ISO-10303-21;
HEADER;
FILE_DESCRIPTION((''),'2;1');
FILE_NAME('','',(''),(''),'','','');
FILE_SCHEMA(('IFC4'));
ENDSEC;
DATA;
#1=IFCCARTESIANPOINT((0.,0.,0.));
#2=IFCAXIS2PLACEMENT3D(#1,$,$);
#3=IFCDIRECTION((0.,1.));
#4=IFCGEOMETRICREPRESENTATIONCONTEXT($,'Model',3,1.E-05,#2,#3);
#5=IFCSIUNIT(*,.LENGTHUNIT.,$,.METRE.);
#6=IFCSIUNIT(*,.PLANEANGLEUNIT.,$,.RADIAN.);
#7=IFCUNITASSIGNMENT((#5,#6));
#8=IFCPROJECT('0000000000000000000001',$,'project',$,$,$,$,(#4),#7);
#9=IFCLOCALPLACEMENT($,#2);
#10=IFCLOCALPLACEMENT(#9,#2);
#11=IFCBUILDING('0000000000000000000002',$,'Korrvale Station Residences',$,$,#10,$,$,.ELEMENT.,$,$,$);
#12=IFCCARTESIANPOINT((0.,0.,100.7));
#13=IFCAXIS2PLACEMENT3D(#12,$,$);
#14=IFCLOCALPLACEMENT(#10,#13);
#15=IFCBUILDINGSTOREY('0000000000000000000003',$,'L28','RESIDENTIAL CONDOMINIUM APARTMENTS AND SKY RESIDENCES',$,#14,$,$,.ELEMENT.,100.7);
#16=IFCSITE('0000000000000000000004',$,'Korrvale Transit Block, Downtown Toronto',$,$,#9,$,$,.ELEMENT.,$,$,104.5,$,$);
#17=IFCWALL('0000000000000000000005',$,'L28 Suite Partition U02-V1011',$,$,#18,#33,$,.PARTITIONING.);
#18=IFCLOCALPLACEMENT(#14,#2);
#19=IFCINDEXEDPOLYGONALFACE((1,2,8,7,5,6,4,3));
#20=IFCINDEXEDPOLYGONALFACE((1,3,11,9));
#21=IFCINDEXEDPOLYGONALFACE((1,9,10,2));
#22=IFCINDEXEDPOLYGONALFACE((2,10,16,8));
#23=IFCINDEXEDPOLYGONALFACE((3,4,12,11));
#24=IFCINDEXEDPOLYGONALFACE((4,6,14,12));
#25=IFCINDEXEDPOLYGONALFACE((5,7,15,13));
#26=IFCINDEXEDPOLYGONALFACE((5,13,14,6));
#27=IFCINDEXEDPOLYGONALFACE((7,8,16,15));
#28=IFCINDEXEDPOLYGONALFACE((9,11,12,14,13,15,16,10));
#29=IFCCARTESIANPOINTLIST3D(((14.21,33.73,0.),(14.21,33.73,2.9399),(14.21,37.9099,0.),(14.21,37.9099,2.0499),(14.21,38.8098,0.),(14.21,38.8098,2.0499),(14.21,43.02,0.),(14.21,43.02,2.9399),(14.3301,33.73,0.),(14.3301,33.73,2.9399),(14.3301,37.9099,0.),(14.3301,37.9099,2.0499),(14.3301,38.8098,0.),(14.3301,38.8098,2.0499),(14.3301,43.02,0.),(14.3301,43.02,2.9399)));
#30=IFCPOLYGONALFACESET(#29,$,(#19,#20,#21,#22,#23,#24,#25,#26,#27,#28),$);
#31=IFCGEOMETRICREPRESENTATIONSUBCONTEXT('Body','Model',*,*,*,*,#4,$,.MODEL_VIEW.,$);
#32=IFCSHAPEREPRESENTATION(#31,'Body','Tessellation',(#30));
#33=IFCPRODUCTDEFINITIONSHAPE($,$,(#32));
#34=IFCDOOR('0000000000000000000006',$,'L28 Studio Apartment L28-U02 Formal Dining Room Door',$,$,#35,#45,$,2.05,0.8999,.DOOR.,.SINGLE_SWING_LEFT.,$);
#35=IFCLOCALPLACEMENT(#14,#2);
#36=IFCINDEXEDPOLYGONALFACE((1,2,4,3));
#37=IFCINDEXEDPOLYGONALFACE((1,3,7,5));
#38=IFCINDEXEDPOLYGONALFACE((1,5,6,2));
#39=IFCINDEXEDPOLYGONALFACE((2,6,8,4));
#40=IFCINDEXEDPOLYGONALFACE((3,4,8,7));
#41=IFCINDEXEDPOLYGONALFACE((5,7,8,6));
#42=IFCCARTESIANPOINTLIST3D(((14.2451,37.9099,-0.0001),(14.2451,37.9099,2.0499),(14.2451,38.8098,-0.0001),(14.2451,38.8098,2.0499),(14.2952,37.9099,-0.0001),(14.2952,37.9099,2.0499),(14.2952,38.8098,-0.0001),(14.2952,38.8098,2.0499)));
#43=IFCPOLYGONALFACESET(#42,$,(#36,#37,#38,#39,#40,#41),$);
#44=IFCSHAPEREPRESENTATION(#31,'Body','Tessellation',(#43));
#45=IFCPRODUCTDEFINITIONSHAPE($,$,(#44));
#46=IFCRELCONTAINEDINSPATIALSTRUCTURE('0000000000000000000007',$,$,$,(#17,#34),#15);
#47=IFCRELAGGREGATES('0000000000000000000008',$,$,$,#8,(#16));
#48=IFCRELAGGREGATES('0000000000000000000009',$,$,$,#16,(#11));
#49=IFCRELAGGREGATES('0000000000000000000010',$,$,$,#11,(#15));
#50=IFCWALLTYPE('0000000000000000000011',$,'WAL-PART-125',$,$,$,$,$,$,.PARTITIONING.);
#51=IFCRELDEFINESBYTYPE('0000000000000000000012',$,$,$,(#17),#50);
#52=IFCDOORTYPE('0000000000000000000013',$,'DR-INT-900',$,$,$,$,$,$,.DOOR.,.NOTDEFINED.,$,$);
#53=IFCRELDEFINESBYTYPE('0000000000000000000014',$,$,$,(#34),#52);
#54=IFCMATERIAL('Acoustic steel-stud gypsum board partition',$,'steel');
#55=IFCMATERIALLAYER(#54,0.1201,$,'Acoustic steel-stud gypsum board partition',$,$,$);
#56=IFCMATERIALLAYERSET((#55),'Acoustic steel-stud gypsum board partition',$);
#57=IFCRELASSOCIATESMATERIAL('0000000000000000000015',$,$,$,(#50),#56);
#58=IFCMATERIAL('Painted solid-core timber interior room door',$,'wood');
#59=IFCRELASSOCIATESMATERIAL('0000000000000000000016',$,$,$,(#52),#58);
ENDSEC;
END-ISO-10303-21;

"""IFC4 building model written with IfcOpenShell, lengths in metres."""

from ifc_helpers import new_model, si_unit, direction, frame, frame_2d, origin, place, context, subcontext, project, spatial, rectangle, extrude, material, layer, layer_set, type_object, element, fill, save


model = new_model("IFC4")

# Units and contexts
model_context = context("Model", 3, precision=1e-05, world=origin(), true_north=direction((0.0, 1.0)))
body_context = subcontext(model_context, "Body", "Model", "MODEL_VIEW")
ifc_project = project(units=[si_unit("LENGTHUNIT", "METRE"), si_unit("PLANEANGLEUNIT", "RADIAN")], contexts=[model_context])

# Site, building, storey
site_placement = place(None, origin())
site = spatial("IfcSite", under=ifc_project, at=site_placement, Name="Korrvale Transit Block, Downtown Toronto", CompositionType="ELEMENT", RefElevation=104.5)
building_placement = place(site_placement, origin())
building = spatial("IfcBuilding", under=site, at=building_placement, Name="Korrvale Station Residences", CompositionType="ELEMENT")
storey_placement = place(building_placement, frame((0.0, 0.0, 100.7)))
storey = spatial("IfcBuildingStorey", under=building, at=storey_placement, Name="L28", Description="RESIDENTIAL CONDOMINIUM APARTMENTS AND SKY RESIDENCES", CompositionType="ELEMENT", Elevation=100.7)

# Wall, opening, door
ifc_material_1 = material(Name="Acoustic steel-stud gypsum board partition", Category="steel")
ifc_layer = layer(ifc_material_1, 0.1201, Name="Acoustic steel-stud gypsum board partition")
ifc_layer_set = layer_set([ifc_layer], Name="Acoustic steel-stud gypsum board partition")
wall_type = type_object("IfcWallType", Name="WAL-PART-125", PredefinedType="PARTITIONING", material=ifc_layer_set)
ifc_material_2 = material(Name="Painted solid-core timber interior room door", Category="wood")
door_type = type_object("IfcDoorType", Name="DR-INT-900", OperationType="NOTDEFINED", PredefinedType="DOOR", material=ifc_material_2)
wall_1_placement = place(storey_placement, frame((14.27, 33.73, 0.0), z_axis=(0.0, 0.0, 1.0), x_axis=(0.0, 1.0, 0.0)))
wall_1 = element("IfcWall", 1, at=wall_1_placement, inside=storey, type_object=wall_type, Name="L28 Suite Partition U02-V1011", PredefinedType="PARTITIONING", context=body_context, shape_type="SweptSolid", body=[
    extrude(rectangle(XDim=9.29, YDim=0.1201, at=frame_2d((4.645, 0.0))), origin(), (0.0, 0.0, 1.0), 2.9399),
])
opening_1_placement = place(wall_1_placement, frame((4.1799, 0.0, 0.0)))
opening_1 = element("IfcOpeningElement", 2, at=opening_1_placement, cuts=wall_1, PredefinedType="OPENING", context=body_context, shape_type="SweptSolid", body=[
    extrude(rectangle(XDim=0.8999, YDim=2.05, at=frame_2d((0.45, 1.0249))), frame((0.0, 0.0701, 0.0), z_axis=(0.0, -1.0, 0.0), x_axis=(1.0, 0.0, 0.0)), (0.0, 0.0, 1.0), 0.1401),
])
door_1_placement = place(opening_1_placement, origin())
door_1 = element("IfcDoor", 3, at=door_1_placement, inside=storey, type_object=door_type, Name="L28 Studio Apartment L28-U02 Formal Dining Room Door", OperationType="SINGLE_SWING_LEFT", OverallHeight=2.05, OverallWidth=0.8999, PredefinedType="DOOR", context=body_context, shape_type="SweptSolid", body=[
    extrude(rectangle(XDim=0.8999, YDim=2.05, at=frame_2d((0.45, 1.0249))), frame((0.0, 0.0249, 0.0), z_axis=(0.0, -1.0, 0.0), x_axis=(1.0, 0.0, 0.0)), (0.0, 0.0, 1.0), 0.05),
])
fill(opening_1, door_1)

save(model, "model.ifc")
